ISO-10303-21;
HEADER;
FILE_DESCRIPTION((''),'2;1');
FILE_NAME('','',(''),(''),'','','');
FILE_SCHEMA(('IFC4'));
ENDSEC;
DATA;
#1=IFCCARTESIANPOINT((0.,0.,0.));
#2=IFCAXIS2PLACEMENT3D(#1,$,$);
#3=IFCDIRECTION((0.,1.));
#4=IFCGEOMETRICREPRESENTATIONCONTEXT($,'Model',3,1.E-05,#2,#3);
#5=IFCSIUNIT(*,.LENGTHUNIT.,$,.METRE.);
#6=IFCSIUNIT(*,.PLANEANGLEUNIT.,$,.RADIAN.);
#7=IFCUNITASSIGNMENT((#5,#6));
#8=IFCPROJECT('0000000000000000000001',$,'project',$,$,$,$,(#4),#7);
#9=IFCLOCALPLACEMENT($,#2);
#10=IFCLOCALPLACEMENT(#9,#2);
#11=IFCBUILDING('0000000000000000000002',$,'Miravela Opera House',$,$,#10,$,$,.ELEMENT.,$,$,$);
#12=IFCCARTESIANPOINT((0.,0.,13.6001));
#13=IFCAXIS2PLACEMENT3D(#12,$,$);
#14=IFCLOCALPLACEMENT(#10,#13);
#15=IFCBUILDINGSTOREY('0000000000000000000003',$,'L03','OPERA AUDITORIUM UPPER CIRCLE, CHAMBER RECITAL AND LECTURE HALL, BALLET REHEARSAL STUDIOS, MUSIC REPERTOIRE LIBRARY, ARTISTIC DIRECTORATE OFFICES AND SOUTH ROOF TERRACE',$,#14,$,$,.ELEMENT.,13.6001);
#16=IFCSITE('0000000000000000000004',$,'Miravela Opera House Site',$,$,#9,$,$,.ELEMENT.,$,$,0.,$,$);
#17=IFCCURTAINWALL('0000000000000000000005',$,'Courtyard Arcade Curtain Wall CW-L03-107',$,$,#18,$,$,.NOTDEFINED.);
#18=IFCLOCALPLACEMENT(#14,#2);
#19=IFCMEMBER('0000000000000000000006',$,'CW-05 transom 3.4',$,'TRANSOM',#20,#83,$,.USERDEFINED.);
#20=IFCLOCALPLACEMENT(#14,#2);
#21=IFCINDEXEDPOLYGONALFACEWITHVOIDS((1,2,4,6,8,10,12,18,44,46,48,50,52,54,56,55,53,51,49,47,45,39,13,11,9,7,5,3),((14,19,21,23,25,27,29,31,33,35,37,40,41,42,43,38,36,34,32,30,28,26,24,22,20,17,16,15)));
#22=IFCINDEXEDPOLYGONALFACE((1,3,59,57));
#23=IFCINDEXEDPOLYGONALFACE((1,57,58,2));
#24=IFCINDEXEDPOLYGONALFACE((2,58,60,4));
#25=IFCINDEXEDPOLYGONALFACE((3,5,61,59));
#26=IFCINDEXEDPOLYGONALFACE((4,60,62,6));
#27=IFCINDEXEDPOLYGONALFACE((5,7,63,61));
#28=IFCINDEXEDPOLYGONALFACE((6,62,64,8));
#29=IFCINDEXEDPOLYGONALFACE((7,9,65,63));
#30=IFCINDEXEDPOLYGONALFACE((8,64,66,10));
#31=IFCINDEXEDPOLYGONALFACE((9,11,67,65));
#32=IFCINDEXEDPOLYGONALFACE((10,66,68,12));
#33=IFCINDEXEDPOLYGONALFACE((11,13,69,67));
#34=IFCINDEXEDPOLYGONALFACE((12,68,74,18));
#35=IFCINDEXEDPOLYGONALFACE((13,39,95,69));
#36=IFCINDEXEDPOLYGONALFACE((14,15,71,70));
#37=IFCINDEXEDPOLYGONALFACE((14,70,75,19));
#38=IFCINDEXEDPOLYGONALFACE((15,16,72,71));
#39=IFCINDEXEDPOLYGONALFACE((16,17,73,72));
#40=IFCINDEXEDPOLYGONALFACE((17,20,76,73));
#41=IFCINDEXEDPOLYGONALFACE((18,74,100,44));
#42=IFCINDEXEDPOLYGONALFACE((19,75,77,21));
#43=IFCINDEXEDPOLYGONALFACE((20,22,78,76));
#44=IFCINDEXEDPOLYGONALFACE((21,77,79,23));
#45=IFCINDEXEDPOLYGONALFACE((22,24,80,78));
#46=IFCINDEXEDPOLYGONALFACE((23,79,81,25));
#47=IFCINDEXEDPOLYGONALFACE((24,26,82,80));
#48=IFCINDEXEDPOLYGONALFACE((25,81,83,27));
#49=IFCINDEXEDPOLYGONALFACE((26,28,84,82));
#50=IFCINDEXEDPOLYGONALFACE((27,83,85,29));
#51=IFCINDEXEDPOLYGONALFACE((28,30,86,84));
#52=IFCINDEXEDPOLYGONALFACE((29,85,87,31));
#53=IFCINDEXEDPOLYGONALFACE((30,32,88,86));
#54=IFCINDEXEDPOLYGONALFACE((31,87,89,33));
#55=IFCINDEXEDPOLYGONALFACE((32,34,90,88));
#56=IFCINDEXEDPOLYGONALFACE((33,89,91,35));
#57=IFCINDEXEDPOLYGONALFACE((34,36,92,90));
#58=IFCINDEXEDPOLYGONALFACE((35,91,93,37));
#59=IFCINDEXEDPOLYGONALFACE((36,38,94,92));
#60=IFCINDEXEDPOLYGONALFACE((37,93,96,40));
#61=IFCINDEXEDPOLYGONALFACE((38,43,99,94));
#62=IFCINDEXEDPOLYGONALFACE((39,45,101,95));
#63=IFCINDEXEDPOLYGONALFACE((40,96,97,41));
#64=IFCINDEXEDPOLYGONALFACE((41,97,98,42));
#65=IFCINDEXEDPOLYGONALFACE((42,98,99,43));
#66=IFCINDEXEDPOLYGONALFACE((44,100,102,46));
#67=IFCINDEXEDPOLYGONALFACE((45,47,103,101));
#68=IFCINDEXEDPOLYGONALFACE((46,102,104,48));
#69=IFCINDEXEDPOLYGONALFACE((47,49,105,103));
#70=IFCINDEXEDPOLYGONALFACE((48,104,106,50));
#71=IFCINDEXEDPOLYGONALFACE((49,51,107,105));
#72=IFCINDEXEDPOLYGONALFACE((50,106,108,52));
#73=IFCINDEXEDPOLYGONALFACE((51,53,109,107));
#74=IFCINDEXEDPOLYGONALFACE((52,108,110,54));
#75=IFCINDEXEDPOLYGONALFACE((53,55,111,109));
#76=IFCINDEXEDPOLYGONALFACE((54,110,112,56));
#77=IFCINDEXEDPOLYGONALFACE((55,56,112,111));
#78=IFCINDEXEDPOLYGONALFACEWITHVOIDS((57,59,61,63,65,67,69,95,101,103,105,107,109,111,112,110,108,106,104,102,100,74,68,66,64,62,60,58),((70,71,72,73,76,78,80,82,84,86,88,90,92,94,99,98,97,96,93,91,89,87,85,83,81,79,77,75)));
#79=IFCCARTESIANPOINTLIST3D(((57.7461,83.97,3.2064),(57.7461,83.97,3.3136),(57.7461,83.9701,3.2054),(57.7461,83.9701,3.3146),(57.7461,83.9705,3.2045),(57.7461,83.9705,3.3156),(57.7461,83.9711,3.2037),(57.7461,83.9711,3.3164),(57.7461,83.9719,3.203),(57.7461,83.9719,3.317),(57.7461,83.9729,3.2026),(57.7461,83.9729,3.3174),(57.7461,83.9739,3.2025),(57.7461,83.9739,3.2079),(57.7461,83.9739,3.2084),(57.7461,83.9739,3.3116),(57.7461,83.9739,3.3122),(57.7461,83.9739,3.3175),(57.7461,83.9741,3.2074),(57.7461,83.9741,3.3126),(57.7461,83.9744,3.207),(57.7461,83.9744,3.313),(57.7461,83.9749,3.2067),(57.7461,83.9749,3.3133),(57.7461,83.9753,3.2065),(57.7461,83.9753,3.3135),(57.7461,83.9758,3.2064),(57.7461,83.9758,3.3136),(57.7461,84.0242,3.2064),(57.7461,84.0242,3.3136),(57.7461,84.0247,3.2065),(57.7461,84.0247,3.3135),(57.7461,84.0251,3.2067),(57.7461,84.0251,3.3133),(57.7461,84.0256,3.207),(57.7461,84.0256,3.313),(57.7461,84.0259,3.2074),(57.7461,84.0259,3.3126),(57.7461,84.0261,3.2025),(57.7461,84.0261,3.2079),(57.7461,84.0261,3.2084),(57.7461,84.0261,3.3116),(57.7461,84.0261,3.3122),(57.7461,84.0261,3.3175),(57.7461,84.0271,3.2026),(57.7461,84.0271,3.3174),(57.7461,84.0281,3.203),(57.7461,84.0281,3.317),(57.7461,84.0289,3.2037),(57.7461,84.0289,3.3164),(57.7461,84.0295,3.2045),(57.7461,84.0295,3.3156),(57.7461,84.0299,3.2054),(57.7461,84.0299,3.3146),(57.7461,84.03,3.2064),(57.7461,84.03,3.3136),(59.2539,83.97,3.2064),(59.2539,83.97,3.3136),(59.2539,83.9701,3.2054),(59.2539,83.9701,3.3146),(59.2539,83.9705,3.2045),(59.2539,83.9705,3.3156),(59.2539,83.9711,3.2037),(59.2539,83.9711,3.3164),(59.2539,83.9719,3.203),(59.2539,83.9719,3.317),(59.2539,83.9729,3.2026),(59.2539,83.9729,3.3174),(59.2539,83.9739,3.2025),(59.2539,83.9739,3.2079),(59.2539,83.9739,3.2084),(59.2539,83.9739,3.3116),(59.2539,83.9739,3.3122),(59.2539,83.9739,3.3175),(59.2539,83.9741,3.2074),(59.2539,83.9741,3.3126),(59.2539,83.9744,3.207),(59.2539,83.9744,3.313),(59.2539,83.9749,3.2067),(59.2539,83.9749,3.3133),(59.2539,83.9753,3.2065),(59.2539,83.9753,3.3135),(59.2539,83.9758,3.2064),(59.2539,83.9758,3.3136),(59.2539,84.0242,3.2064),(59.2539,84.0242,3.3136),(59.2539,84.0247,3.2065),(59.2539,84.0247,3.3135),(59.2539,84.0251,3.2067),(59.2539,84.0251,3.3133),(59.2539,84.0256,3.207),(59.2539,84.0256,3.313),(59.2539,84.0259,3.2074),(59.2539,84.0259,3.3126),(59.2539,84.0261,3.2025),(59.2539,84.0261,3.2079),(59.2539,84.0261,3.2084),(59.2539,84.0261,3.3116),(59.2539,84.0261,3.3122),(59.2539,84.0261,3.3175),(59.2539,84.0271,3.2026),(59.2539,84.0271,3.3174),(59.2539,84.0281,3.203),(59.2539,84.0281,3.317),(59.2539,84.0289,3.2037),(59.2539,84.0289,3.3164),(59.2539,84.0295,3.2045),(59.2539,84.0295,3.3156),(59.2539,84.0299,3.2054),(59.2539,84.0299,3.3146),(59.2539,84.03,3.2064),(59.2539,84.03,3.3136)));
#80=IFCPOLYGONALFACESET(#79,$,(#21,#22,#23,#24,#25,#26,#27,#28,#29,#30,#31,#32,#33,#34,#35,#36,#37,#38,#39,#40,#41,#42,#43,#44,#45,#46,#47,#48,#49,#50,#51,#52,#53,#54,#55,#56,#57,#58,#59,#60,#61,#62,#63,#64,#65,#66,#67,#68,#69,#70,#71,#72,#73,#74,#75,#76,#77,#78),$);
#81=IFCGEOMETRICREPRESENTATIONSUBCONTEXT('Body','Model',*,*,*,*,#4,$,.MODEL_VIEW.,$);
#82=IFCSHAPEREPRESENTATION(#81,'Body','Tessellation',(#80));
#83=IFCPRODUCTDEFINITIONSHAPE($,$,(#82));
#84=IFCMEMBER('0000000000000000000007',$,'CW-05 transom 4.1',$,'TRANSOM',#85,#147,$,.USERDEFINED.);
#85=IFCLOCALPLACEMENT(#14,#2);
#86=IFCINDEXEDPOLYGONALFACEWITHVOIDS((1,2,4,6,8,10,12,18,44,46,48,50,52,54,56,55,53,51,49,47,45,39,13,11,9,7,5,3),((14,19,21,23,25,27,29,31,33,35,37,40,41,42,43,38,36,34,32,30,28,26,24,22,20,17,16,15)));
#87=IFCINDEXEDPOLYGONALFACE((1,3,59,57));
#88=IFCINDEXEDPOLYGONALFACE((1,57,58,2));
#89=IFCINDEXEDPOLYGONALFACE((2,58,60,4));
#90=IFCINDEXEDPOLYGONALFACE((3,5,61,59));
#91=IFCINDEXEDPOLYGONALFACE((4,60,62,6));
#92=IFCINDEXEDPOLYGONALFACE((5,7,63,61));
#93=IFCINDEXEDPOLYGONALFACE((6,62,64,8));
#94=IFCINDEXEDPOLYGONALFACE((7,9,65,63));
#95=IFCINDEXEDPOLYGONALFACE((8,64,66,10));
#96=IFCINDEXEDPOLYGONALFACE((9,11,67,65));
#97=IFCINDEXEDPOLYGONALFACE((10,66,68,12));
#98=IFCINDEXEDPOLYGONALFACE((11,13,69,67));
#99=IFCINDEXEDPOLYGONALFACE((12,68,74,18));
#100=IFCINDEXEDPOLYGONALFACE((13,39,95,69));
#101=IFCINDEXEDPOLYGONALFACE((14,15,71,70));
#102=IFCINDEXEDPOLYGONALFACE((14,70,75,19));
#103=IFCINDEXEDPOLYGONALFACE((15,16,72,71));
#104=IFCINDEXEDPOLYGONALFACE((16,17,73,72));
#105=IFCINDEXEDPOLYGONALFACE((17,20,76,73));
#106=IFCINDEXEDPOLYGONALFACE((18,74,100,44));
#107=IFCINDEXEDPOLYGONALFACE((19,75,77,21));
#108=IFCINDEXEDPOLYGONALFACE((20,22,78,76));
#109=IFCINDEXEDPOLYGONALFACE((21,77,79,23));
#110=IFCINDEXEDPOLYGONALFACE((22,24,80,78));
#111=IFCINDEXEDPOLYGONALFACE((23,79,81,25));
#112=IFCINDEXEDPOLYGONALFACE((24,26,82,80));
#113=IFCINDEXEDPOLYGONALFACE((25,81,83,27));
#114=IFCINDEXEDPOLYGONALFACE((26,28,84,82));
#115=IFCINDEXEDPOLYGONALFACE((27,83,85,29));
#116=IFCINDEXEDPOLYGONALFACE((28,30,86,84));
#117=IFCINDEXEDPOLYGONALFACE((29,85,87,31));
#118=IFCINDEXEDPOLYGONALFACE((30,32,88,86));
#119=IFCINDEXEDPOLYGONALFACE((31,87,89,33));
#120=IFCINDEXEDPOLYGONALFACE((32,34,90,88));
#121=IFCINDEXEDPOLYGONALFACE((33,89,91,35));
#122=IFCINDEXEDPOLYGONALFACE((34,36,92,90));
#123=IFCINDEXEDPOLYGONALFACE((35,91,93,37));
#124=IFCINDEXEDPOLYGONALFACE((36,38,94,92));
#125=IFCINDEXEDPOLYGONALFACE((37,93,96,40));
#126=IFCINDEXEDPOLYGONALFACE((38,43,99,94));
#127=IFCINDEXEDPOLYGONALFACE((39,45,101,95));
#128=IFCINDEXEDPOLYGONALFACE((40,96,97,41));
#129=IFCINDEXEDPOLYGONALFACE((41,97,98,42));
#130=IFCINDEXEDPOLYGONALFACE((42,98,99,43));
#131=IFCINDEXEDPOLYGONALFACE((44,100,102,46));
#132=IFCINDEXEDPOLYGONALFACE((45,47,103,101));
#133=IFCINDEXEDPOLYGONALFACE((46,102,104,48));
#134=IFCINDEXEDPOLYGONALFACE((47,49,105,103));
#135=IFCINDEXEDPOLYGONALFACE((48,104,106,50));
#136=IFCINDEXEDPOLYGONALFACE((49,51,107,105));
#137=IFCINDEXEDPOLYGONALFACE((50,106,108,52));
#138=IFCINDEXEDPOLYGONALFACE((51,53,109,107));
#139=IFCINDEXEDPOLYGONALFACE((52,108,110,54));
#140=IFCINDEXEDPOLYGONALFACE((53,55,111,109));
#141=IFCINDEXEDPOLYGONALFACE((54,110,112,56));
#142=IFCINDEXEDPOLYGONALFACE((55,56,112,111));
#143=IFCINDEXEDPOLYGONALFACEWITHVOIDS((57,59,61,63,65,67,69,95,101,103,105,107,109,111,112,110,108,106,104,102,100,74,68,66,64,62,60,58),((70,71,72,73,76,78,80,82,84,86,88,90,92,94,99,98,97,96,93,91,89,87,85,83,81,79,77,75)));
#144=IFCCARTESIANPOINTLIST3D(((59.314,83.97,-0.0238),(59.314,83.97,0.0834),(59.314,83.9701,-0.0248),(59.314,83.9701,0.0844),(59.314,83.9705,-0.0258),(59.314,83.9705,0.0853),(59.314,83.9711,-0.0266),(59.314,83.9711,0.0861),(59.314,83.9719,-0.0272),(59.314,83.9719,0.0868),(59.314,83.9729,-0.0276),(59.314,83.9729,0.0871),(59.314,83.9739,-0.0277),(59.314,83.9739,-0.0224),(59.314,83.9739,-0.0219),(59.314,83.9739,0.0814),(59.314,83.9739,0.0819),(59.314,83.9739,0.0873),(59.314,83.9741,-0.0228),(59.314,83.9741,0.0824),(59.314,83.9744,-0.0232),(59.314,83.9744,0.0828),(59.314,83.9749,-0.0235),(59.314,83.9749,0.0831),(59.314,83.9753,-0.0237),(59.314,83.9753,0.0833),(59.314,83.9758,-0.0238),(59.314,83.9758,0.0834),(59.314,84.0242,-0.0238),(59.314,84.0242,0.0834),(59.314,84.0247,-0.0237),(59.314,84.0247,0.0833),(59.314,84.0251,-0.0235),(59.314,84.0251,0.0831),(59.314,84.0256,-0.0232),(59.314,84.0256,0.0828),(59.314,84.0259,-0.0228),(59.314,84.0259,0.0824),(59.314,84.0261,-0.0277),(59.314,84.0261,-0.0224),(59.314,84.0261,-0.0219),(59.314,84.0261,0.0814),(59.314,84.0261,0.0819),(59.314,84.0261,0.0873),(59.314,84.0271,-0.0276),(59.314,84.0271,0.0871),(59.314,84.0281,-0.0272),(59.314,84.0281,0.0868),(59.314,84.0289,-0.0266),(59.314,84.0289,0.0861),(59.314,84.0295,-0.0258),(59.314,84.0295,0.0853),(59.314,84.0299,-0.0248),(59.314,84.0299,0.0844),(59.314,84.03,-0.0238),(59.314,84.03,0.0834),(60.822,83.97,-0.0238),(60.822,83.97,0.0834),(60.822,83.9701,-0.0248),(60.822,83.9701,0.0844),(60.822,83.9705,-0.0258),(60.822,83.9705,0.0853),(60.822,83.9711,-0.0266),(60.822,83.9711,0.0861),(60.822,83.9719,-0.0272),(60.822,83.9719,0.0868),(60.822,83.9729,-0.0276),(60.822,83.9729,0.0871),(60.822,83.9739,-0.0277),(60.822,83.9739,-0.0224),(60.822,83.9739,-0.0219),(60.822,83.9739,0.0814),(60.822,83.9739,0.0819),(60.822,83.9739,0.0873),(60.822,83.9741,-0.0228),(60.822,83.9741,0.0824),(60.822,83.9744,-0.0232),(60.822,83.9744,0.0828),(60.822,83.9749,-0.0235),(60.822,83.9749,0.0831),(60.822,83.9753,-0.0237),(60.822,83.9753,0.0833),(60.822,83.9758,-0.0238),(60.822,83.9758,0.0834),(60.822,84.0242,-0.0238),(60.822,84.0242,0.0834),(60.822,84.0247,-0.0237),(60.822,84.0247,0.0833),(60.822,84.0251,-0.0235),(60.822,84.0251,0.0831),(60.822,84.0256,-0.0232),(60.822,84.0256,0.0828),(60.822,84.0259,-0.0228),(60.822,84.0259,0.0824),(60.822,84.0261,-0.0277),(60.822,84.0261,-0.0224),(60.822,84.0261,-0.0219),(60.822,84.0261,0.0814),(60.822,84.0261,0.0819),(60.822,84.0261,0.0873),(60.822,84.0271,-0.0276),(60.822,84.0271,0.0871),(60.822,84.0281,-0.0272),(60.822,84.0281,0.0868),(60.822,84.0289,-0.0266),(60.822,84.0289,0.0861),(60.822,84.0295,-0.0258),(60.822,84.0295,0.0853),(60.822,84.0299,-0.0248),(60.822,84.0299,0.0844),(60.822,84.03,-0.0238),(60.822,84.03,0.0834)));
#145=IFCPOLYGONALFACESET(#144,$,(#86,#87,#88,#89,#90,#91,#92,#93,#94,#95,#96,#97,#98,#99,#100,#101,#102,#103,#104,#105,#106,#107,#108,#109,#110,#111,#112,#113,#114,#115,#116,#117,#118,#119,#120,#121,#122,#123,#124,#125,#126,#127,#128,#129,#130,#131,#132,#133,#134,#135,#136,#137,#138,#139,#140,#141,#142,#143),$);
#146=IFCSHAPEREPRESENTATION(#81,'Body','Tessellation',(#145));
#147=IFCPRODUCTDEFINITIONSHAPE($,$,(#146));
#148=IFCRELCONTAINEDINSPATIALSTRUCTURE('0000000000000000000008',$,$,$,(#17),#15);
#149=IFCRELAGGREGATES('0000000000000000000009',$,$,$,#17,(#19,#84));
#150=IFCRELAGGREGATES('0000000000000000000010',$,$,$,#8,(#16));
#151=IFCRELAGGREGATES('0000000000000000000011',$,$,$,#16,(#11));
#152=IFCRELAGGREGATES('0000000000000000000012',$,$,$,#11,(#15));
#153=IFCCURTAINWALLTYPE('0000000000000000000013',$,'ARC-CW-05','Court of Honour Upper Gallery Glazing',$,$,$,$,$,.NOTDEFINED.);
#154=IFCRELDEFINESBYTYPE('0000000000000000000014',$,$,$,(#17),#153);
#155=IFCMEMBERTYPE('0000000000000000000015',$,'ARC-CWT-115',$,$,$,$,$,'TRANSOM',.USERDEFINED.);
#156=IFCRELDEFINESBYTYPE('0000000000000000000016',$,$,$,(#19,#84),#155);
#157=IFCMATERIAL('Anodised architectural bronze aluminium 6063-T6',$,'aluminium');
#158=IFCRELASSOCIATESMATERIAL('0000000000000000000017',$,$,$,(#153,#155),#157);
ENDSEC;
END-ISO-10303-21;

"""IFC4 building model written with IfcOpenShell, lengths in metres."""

from ifc_helpers import new_model, si_unit, direction, frame, origin, origin_2d, place, context, subcontext, project, spatial, hollow_rectangle, extrude, material, material_profile, profile_set, type_object, element, aggregate, save


model = new_model("IFC4")

# Units and contexts
model_context = context("Model", 3, precision=1e-05, world=origin(), true_north=direction((0.0, 1.0)))
body_context = subcontext(model_context, "Body", "Model", "MODEL_VIEW")
ifc_project = project(units=[si_unit("LENGTHUNIT", "METRE"), si_unit("PLANEANGLEUNIT", "RADIAN")], contexts=[model_context])

# Site, building, storey
site_placement = place(None, origin())
site = spatial("IfcSite", under=ifc_project, at=site_placement, Name="Miravela Opera House Site", CompositionType="ELEMENT", RefElevation=0.0)
building_placement = place(site_placement, origin())
building = spatial("IfcBuilding", under=site, at=building_placement, Name="Miravela Opera House", CompositionType="ELEMENT")
storey_placement = place(building_placement, frame((0.0, 0.0, 13.6001)))
storey = spatial("IfcBuildingStorey", under=building, at=storey_placement, Name="L03", Description="OPERA AUDITORIUM UPPER CIRCLE, CHAMBER RECITAL AND LECTURE HALL, BALLET REHEARSAL STUDIOS, MUSIC REPERTOIRE LIBRARY, ARTISTIC DIRECTORATE OFFICES AND SOUTH ROOF TERRACE", CompositionType="ELEMENT", Elevation=13.6001)

# Curtain wall
ifc_material_1 = material(Name="Anodised architectural bronze aluminium 6063-T6", Category="aluminium")
curtain_wall_type = type_object("IfcCurtainWallType", Name="ARC-CW-05", Description="Court of Honour Upper Gallery Glazing", PredefinedType="NOTDEFINED", material=ifc_material_1)
curtain_wall_1_placement = place(storey_placement, origin())
curtain_wall_1 = element("IfcCurtainWall", 1, at=curtain_wall_1_placement, inside=storey, type_object=curtain_wall_type, Name="Courtyard Arcade Curtain Wall CW-L03-107", PredefinedType="NOTDEFINED")

# Members
ifc_material_profile_1 = material_profile(ifc_material_1, hollow_rectangle(XDim=0.0601, YDim=0.115, WallThickness=0.0039, InnerFilletRadius=0.002, OuterFilletRadius=0.0039, at=origin_2d()), Name="CWT-60X115")
ifc_profile_set_1 = profile_set([ifc_material_profile_1])
member_type_1 = type_object("IfcMemberType", Name="ARC-CWT-115", ElementType="TRANSOM", PredefinedType="USERDEFINED", material=ifc_profile_set_1)
member_1_placement = place(storey_placement, frame((57.7461, 84.0, 3.26), z_axis=(1.0, 0.0, 0.0), x_axis=(0.0, 1.0, 0.0)))
member_1 = element("IfcMember", 2, at=member_1_placement, type_object=member_type_1, Name="CW-05 transom 3.4", ObjectType="TRANSOM", PredefinedType="USERDEFINED", context=body_context, shape_type="SweptSolid", body=[
    extrude(hollow_rectangle(XDim=0.0601, YDim=0.115, WallThickness=0.0039, InnerFilletRadius=0.002, OuterFilletRadius=0.0039, at=origin_2d()), origin(), (0.0, 0.0, 1.0), 1.5078),
])
member_2_placement = place(storey_placement, frame((59.314, 84.0, 0.0298), z_axis=(1.0, 0.0, 0.0), x_axis=(0.0, 1.0, 0.0)))
member_2 = element("IfcMember", 3, at=member_2_placement, type_object=member_type_1, Name="CW-05 transom 4.1", ObjectType="TRANSOM", PredefinedType="USERDEFINED", context=body_context, shape_type="SweptSolid", body=[
    extrude(hollow_rectangle(XDim=0.0601, YDim=0.115, WallThickness=0.0039, InnerFilletRadius=0.002, OuterFilletRadius=0.0039, at=origin_2d()), origin(), (0.0, 0.0, 1.0), 1.5081),
])

aggregate(curtain_wall_1, [member_1, member_2])

save(model, "model.ifc")
